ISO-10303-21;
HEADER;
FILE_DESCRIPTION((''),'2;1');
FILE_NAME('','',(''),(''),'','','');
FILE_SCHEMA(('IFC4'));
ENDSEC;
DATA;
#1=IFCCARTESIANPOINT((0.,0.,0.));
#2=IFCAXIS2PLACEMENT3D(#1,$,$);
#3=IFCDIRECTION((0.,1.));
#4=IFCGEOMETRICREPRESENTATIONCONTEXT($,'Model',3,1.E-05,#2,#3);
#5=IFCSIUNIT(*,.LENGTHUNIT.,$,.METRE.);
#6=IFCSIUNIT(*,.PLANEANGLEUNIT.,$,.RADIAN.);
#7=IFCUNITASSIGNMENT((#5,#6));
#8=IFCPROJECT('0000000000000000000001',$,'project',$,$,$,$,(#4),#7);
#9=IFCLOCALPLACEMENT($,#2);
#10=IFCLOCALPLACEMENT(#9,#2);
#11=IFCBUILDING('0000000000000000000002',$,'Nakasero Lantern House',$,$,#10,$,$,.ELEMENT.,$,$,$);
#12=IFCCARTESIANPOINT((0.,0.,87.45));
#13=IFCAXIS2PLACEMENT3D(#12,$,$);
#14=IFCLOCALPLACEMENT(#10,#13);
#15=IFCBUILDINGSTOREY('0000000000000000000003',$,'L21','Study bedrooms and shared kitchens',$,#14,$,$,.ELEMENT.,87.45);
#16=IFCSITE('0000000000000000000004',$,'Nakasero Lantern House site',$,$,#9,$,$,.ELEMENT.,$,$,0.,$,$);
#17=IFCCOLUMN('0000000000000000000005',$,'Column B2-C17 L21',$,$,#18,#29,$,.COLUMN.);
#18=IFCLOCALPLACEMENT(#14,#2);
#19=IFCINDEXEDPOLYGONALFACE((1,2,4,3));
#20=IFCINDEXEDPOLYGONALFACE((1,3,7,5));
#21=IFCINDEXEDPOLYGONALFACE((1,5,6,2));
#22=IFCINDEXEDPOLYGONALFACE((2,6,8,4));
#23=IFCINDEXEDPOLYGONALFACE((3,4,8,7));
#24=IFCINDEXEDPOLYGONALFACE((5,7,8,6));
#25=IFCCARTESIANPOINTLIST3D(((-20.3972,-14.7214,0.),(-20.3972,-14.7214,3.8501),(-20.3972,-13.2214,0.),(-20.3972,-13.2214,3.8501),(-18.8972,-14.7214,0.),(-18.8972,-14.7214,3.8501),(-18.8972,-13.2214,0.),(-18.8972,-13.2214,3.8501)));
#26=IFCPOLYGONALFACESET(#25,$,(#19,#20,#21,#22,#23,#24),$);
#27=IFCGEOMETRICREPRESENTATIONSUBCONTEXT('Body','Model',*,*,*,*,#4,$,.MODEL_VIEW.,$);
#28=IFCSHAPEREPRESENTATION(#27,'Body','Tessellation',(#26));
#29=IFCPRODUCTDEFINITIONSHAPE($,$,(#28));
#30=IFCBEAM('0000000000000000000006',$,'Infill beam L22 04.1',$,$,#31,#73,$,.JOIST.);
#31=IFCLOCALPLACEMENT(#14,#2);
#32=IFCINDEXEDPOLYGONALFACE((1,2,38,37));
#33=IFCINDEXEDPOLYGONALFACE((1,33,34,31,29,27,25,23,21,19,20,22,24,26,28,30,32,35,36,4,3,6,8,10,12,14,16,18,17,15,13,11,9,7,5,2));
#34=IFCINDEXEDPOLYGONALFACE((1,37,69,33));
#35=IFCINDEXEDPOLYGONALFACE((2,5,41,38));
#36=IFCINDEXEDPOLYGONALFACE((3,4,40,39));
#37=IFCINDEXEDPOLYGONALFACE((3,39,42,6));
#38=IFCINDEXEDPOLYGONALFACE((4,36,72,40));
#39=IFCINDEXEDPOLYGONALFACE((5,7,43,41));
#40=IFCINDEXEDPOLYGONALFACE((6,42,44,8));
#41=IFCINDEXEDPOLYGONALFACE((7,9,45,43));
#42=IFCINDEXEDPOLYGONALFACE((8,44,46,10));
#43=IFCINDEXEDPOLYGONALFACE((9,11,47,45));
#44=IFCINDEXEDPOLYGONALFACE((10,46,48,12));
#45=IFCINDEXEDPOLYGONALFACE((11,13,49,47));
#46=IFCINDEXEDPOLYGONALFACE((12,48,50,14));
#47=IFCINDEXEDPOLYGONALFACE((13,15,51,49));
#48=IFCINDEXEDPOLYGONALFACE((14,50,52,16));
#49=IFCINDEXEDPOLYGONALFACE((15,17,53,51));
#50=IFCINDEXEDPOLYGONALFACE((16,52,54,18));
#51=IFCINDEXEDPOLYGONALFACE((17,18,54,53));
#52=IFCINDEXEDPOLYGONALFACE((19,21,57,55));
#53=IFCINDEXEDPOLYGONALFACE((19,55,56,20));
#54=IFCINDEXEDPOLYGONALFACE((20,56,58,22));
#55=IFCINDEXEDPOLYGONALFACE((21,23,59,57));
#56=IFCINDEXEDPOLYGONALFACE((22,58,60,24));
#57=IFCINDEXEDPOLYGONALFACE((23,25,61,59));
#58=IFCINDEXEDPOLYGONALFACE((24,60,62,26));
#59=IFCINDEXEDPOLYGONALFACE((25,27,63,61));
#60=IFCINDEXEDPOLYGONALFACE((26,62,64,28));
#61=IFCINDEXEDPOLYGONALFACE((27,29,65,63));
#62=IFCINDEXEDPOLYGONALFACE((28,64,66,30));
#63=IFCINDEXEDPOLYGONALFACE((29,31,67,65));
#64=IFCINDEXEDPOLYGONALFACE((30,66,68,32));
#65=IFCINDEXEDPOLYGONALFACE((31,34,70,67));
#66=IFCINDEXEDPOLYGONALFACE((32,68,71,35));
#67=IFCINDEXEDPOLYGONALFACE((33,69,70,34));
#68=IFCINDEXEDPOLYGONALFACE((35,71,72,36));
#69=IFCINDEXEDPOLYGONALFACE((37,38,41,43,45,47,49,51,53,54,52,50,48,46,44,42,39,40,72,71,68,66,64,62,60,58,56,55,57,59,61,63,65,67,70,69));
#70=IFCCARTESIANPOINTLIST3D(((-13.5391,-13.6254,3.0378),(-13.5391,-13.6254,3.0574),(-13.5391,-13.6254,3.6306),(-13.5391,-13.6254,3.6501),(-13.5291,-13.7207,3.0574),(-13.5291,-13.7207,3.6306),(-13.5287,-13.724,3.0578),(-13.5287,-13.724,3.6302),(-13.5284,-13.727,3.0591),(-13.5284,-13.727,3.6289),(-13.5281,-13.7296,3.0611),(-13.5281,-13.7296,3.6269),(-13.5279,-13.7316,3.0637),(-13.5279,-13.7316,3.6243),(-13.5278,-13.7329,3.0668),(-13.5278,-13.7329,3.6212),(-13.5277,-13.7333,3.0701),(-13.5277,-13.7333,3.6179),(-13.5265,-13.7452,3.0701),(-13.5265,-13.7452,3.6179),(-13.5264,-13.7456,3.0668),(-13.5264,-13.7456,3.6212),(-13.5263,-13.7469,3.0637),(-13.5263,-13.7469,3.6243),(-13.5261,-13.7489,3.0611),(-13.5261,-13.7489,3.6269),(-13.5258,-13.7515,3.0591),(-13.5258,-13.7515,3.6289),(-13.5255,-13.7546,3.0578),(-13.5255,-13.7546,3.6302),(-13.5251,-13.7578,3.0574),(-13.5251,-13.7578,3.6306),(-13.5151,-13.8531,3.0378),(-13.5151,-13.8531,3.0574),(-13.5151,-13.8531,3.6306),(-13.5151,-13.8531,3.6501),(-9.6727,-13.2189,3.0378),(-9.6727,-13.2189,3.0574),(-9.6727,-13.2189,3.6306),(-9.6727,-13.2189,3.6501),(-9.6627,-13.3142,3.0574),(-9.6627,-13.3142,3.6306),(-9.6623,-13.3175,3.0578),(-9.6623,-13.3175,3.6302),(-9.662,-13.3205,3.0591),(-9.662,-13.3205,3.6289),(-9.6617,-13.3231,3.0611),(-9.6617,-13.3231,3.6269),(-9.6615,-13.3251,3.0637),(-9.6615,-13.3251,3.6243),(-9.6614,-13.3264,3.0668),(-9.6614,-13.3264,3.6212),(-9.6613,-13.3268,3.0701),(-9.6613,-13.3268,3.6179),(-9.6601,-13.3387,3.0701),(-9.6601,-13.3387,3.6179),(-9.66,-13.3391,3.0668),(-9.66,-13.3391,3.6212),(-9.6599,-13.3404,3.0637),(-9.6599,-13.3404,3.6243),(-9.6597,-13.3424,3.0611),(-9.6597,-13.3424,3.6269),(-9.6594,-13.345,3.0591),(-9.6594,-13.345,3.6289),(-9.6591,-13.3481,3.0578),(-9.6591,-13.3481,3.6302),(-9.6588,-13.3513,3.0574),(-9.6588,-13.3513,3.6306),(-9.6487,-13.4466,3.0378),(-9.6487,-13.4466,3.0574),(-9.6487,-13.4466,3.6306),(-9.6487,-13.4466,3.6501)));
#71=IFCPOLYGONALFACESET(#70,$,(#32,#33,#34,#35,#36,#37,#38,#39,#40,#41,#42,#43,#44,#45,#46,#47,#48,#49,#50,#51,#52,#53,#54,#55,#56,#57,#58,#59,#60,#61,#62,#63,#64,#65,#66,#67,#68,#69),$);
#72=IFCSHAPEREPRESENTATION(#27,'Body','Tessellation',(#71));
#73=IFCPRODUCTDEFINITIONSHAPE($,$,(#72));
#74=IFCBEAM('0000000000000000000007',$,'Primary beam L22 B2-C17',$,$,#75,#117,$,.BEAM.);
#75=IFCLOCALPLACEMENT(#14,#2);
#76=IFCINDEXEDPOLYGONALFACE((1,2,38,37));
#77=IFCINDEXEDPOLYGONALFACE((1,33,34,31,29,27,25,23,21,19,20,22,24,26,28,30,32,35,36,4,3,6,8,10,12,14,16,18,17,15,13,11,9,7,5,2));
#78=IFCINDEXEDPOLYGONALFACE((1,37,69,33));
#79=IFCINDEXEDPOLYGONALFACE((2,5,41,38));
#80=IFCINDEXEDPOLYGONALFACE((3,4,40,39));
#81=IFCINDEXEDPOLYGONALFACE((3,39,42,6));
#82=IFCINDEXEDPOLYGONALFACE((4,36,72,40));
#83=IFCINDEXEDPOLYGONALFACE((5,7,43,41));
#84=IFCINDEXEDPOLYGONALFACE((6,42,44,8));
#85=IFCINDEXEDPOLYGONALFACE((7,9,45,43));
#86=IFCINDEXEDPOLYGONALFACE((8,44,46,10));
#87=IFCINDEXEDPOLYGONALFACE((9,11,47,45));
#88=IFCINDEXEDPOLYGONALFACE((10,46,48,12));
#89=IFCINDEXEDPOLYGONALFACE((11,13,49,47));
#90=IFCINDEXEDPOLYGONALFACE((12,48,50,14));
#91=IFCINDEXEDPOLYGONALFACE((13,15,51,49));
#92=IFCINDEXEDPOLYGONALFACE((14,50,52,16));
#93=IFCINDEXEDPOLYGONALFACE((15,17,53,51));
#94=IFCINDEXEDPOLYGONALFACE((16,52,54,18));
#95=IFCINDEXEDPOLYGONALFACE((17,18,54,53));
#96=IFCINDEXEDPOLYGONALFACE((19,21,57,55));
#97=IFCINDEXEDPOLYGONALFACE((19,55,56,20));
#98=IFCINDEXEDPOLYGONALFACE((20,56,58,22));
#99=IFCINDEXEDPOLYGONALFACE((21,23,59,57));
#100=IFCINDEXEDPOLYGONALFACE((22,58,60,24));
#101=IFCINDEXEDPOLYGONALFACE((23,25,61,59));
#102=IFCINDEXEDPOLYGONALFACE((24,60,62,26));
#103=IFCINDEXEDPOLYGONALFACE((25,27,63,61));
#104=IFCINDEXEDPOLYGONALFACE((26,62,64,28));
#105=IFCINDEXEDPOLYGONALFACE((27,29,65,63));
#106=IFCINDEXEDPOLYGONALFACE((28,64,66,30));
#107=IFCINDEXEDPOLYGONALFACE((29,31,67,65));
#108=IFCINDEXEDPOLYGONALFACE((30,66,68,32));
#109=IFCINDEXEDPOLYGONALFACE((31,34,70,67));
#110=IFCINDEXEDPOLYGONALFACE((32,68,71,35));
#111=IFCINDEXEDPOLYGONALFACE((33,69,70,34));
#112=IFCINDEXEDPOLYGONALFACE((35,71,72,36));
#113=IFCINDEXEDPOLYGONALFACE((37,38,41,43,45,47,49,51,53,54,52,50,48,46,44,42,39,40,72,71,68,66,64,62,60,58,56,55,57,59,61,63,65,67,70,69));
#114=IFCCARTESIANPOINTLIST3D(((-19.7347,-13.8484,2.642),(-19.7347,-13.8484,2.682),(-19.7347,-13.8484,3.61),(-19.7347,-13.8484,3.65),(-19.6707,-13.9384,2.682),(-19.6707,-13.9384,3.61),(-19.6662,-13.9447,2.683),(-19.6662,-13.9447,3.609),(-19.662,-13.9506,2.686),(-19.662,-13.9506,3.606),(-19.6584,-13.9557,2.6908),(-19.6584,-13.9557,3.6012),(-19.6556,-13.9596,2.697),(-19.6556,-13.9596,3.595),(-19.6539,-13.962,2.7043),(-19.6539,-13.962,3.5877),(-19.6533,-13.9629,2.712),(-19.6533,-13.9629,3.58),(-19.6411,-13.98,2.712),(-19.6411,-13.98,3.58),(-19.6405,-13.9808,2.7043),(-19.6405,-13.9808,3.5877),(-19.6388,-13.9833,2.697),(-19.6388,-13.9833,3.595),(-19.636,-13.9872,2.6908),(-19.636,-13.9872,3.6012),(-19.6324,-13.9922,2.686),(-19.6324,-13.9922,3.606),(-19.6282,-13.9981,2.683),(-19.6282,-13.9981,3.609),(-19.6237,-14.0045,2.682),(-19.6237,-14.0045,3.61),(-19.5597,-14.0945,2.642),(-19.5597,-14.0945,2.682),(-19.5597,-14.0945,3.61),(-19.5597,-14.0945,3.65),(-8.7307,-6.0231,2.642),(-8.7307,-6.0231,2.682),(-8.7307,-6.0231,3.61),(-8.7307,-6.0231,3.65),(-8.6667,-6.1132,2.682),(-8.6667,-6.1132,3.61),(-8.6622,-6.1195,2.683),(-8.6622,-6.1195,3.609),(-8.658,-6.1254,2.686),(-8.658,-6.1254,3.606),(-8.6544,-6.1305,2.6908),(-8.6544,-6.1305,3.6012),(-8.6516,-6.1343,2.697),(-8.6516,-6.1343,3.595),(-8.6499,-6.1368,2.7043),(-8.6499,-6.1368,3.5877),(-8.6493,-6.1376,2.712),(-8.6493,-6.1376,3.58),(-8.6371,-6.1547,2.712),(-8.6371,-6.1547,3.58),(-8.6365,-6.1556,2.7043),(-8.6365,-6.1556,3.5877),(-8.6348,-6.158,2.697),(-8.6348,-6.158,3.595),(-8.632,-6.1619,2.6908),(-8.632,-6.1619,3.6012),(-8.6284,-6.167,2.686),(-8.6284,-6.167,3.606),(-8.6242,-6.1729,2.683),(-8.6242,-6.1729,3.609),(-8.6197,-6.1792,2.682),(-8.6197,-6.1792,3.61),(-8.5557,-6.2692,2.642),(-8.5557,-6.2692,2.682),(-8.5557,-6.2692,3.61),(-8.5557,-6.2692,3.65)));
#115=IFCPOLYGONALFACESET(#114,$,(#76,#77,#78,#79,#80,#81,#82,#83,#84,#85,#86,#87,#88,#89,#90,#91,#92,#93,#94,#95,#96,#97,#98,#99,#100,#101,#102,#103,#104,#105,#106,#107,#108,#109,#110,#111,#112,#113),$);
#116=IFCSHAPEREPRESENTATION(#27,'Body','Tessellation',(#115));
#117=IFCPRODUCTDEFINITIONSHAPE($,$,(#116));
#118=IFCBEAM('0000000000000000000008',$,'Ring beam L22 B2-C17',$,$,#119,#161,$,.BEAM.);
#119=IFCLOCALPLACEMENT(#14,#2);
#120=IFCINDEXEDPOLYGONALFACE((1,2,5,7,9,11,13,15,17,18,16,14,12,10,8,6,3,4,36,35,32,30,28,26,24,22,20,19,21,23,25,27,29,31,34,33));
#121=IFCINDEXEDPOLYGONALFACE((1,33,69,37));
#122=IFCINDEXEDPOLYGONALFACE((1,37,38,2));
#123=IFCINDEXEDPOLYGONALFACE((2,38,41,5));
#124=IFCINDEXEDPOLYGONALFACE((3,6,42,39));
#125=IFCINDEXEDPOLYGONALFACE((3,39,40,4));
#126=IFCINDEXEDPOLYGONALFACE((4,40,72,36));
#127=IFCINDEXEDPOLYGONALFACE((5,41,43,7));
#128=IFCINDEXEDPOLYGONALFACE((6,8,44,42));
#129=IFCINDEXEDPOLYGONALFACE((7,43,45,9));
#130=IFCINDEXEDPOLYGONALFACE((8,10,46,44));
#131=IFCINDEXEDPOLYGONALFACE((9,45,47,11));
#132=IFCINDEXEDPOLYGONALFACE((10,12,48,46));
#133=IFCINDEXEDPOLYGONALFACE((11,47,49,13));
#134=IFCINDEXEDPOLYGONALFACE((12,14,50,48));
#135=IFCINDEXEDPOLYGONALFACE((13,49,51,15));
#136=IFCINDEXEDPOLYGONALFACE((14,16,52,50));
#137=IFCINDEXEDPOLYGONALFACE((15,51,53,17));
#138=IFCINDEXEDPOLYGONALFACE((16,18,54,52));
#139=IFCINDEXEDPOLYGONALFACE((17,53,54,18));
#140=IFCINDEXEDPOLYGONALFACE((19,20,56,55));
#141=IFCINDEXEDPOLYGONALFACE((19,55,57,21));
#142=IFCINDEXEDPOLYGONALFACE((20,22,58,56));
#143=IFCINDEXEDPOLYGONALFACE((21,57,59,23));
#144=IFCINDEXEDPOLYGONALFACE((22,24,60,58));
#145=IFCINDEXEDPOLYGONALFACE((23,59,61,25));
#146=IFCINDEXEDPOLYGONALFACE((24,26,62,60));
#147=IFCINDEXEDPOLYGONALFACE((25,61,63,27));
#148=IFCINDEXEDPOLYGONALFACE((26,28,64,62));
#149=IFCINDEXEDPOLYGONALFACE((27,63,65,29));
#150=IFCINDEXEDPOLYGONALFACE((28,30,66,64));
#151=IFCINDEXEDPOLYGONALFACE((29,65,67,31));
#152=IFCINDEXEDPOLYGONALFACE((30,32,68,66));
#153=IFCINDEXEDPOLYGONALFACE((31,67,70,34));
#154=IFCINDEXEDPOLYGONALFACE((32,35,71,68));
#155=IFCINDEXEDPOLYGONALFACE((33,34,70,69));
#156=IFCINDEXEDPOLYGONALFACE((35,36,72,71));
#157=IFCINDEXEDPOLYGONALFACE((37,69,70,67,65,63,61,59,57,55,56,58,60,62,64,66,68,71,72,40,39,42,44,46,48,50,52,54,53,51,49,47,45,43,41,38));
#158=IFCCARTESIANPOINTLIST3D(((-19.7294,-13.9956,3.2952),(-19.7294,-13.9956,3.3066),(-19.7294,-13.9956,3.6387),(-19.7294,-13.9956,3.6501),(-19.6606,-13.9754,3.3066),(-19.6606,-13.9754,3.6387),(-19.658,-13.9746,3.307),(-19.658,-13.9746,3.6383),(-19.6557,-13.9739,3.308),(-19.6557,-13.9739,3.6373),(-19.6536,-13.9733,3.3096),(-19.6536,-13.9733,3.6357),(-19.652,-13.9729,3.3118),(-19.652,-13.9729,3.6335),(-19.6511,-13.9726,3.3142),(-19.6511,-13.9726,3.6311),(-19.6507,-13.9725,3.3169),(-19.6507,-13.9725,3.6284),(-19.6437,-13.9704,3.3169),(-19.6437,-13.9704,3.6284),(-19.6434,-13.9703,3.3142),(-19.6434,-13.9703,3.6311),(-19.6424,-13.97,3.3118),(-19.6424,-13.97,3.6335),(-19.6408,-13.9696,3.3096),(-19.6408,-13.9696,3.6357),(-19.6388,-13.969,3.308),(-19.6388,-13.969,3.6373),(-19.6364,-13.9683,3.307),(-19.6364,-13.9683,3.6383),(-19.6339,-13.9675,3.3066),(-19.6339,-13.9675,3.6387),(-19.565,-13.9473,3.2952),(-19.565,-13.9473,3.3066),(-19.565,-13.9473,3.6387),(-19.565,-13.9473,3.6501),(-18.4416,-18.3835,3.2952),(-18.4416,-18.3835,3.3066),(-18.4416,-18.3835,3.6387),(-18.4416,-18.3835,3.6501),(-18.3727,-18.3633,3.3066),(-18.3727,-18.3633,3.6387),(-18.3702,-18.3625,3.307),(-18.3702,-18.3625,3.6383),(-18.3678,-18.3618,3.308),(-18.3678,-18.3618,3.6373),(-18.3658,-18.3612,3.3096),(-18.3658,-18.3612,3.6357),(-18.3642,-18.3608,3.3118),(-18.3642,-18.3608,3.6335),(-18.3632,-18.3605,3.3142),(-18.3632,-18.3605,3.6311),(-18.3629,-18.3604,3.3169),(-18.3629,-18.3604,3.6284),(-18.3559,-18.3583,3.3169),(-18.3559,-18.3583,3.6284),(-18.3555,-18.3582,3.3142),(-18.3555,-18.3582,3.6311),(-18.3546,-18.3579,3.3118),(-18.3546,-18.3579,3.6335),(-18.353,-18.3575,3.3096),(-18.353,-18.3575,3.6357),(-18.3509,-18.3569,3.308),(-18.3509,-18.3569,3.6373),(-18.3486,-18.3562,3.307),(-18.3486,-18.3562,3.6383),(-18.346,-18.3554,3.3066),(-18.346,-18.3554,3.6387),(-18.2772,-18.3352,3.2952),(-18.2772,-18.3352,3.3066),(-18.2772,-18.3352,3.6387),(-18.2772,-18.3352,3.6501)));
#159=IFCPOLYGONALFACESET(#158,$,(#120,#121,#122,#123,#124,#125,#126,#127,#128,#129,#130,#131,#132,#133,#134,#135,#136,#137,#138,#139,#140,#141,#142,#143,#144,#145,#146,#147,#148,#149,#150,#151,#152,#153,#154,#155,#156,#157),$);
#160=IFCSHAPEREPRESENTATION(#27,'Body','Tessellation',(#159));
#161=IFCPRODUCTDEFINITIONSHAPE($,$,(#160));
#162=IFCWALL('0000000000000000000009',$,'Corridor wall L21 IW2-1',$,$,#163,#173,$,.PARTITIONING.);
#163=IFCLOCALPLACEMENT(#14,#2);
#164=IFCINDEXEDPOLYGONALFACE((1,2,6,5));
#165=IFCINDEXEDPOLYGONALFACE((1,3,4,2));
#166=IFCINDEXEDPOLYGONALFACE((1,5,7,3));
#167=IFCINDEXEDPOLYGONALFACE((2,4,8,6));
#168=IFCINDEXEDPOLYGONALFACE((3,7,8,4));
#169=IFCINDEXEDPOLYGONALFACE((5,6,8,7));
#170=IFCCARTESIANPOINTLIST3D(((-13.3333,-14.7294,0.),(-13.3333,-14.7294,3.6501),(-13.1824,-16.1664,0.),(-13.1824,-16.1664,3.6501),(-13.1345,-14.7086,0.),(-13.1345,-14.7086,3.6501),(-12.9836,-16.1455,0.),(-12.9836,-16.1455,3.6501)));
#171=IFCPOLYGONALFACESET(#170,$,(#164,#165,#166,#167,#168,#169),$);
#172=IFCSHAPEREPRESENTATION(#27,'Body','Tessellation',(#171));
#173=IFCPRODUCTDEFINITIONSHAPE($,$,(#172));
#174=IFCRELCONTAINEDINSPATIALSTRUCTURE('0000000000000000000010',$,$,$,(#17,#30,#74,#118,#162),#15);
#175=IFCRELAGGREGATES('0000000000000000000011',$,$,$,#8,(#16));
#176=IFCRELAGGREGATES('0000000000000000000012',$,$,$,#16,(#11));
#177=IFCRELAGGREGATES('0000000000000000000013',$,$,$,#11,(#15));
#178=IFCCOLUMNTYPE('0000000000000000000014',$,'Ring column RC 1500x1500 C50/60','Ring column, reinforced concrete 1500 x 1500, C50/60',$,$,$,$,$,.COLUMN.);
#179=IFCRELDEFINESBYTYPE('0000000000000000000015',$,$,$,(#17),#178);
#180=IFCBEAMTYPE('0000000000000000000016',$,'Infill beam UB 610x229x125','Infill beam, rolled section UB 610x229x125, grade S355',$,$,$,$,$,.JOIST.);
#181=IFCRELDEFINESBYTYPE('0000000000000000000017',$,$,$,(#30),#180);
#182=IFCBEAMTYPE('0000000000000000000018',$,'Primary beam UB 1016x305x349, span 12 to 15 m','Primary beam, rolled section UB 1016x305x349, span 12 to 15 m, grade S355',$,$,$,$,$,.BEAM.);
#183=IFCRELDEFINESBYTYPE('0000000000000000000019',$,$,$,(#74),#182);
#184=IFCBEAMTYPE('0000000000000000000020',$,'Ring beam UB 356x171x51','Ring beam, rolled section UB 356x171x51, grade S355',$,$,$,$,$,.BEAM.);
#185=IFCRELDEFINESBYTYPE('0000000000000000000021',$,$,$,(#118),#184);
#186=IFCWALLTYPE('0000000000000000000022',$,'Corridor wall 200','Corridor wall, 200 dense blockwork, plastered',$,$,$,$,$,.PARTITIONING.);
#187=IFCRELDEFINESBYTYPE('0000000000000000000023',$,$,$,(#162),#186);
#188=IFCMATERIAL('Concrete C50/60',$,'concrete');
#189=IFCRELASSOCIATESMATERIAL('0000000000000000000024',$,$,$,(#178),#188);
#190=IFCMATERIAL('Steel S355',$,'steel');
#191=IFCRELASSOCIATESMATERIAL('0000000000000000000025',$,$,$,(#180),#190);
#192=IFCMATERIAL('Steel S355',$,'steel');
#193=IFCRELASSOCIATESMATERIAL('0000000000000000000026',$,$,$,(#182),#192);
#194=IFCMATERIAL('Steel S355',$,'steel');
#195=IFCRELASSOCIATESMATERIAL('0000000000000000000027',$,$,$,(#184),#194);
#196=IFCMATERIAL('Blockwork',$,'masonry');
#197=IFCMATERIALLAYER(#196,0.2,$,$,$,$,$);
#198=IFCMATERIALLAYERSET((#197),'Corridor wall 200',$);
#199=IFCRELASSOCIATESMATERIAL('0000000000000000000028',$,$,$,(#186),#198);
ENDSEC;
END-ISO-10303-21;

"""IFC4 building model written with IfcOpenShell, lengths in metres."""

from ifc_helpers import new_model, si_unit, direction, frame, frame_2d, origin, origin_2d, place, context, subcontext, project, spatial, rectangle, i_section, extrude, material, layer, layer_set, material_profile, profile_set, type_object, element, save


model = new_model("IFC4")

# Units and contexts
model_context = context("Model", 3, precision=1e-05, world=origin(), true_north=direction((0.0, 1.0)))
body_context = subcontext(model_context, "Body", "Model", "MODEL_VIEW")
ifc_project = project(units=[si_unit("LENGTHUNIT", "METRE"), si_unit("PLANEANGLEUNIT", "RADIAN")], contexts=[model_context])

# Site, building, storey
site_placement = place(None, origin())
site = spatial("IfcSite", under=ifc_project, at=site_placement, Name="Nakasero Lantern House site", CompositionType="ELEMENT", RefElevation=0.0)
building_placement = place(site_placement, origin())
building = spatial("IfcBuilding", under=site, at=building_placement, Name="Nakasero Lantern House", CompositionType="ELEMENT")
storey_placement = place(building_placement, frame((0.0, 0.0, 87.45)))
storey = spatial("IfcBuildingStorey", under=building, at=storey_placement, Name="L21", Description="Study bedrooms and shared kitchens", CompositionType="ELEMENT", Elevation=87.45)

# Column
ifc_material_1 = material(Name="Concrete C50/60", Category="concrete")
ifc_material_profile_1 = material_profile(ifc_material_1, rectangle(XDim=1.5, YDim=1.5, at=origin_2d()), Name="RC 1500x1500")
ifc_profile_set_1 = profile_set([ifc_material_profile_1], Name="Concrete C50/60")
column_type = type_object("IfcColumnType", Name="Ring column RC 1500x1500 C50/60", Description="Ring column, reinforced concrete 1500 x 1500, C50/60", PredefinedType="COLUMN", material=ifc_profile_set_1)
column_placement = place(storey_placement, frame((-19.6472, -13.9714, 0.0), z_axis=(0.0, 0.0, 1.0), x_axis=(1.0, 0.0, 0.0)))
element("IfcColumn", 1, at=column_placement, inside=storey, type_object=column_type, Name="Column B2-C17 L21", PredefinedType="COLUMN", context=body_context, shape_type="SweptSolid", body=[
    extrude(rectangle(XDim=1.5, YDim=1.5, at=origin_2d()), origin(), (0.0, 0.0, 1.0), 3.8501),
])

# Beams
ifc_material_2 = material(Name="Steel S355", Category="steel")
ifc_material_profile_2 = material_profile(ifc_material_2, i_section(OverallWidth=0.229, OverallDepth=0.6123, WebThickness=0.012, FlangeThickness=0.0195, FilletRadius=0.0127, at=origin_2d()), Name="UB 610x229x125")
ifc_profile_set_2 = profile_set([ifc_material_profile_2], Name="Steel S355")
beam_type_1 = type_object("IfcBeamType", Name="Infill beam UB 610x229x125", Description="Infill beam, rolled section UB 610x229x125, grade S355", PredefinedType="JOIST", material=ifc_profile_set_2)
beam_1_placement = place(storey_placement, frame((-13.5271, -13.7393, 3.344), z_axis=(0.994519, 0.104557, 0.0), x_axis=(-0.104557, 0.994519, 0.0)))
element("IfcBeam", 2, at=beam_1_placement, inside=storey, type_object=beam_type_1, Name="Infill beam L22 04.1", PredefinedType="JOIST", context=body_context, shape_type="SweptSolid", body=[
    extrude(i_section(OverallWidth=0.229, OverallDepth=0.6123, WebThickness=0.012, FlangeThickness=0.0195, FilletRadius=0.0127, at=origin_2d()), origin(), (0.0, 0.0, 1.0), 3.8877),
])
ifc_material_3 = material(Name="Steel S355", Category="steel")
ifc_material_profile_3 = material_profile(ifc_material_3, i_section(OverallWidth=0.302, OverallDepth=1.0081, WebThickness=0.021, FlangeThickness=0.04, FilletRadius=0.03, at=origin_2d()), Name="UB 1016x305x349")
ifc_profile_set_3 = profile_set([ifc_material_profile_3], Name="Steel S355")
beam_type_2 = type_object("IfcBeamType", Name="Primary beam UB 1016x305x349, span 12 to 15 m", Description="Primary beam, rolled section UB 1016x305x349, span 12 to 15 m, grade S355", PredefinedType="BEAM", material=ifc_profile_set_3)
beam_2_placement = place(storey_placement, frame((-19.6472, -13.9714, 3.146), z_axis=(0.814948, 0.579533, 0.0), x_axis=(-0.579533, 0.814948, 0.0)))
element("IfcBeam", 3, at=beam_2_placement, inside=storey, type_object=beam_type_2, Name="Primary beam L22 B2-C17", PredefinedType="BEAM", context=body_context, shape_type="SweptSolid", body=[
    extrude(i_section(OverallWidth=0.302, OverallDepth=1.0081, WebThickness=0.021, FlangeThickness=0.04, FilletRadius=0.03, at=origin_2d()), origin(), (0.0, 0.0, 1.0), 13.5027),
])
ifc_material_4 = material(Name="Steel S355", Category="steel")
ifc_material_profile_4 = material_profile(ifc_material_4, i_section(OverallWidth=0.1714, OverallDepth=0.355, WebThickness=0.0073, FlangeThickness=0.0115, FilletRadius=0.0103, at=origin_2d()), Name="UB 356x171x51")
ifc_profile_set_4 = profile_set([ifc_material_profile_4], Name="Steel S355")
beam_type_3 = type_object("IfcBeamType", Name="Ring beam UB 356x171x51", Description="Ring beam, rolled section UB 356x171x51, grade S355", PredefinedType="BEAM", material=ifc_profile_set_4)
beam_3_placement = place(storey_placement, frame((-19.6472, -13.9714, 3.4727), z_axis=(0.281617, -0.959527, 0.0), x_axis=(0.959527, 0.281617, 0.0)))
element("IfcBeam", 4, at=beam_3_placement, inside=storey, type_object=beam_type_3, Name="Ring beam L22 B2-C17", PredefinedType="BEAM", context=body_context, shape_type="SweptSolid", body=[
    extrude(i_section(OverallWidth=0.1714, OverallDepth=0.355, WebThickness=0.0073, FlangeThickness=0.0115, FilletRadius=0.0103, at=origin_2d()), origin(), (0.0, 0.0, 1.0), 4.573),
])

# Wall
ifc_material_5 = material(Name="Blockwork", Category="masonry")
ifc_layer_1 = layer(ifc_material_5, 0.2)
ifc_layer_set_1 = layer_set([ifc_layer_1], Name="Corridor wall 200")
wall_type_1 = type_object("IfcWallType", Name="Corridor wall 200", Description="Corridor wall, 200 dense blockwork, plastered", PredefinedType="PARTITIONING", material=ifc_layer_set_1)
wall_1_placement = place(storey_placement, frame((-13.2339, -14.719, 0.0), z_axis=(0.0, 0.0, 1.0), x_axis=(0.104421, -0.994533, 0.0)))
element("IfcWall", 5, at=wall_1_placement, inside=storey, type_object=wall_type_1, Name="Corridor wall L21 IW2-1", PredefinedType="PARTITIONING", context=body_context, shape_type="SweptSolid", body=[
    extrude(rectangle(XDim=1.4448, YDim=0.2, at=frame_2d((0.7224, 0.0))), origin(), (0.0, 0.0, 1.0), 3.6501),
])

save(model, "model.ifc")
